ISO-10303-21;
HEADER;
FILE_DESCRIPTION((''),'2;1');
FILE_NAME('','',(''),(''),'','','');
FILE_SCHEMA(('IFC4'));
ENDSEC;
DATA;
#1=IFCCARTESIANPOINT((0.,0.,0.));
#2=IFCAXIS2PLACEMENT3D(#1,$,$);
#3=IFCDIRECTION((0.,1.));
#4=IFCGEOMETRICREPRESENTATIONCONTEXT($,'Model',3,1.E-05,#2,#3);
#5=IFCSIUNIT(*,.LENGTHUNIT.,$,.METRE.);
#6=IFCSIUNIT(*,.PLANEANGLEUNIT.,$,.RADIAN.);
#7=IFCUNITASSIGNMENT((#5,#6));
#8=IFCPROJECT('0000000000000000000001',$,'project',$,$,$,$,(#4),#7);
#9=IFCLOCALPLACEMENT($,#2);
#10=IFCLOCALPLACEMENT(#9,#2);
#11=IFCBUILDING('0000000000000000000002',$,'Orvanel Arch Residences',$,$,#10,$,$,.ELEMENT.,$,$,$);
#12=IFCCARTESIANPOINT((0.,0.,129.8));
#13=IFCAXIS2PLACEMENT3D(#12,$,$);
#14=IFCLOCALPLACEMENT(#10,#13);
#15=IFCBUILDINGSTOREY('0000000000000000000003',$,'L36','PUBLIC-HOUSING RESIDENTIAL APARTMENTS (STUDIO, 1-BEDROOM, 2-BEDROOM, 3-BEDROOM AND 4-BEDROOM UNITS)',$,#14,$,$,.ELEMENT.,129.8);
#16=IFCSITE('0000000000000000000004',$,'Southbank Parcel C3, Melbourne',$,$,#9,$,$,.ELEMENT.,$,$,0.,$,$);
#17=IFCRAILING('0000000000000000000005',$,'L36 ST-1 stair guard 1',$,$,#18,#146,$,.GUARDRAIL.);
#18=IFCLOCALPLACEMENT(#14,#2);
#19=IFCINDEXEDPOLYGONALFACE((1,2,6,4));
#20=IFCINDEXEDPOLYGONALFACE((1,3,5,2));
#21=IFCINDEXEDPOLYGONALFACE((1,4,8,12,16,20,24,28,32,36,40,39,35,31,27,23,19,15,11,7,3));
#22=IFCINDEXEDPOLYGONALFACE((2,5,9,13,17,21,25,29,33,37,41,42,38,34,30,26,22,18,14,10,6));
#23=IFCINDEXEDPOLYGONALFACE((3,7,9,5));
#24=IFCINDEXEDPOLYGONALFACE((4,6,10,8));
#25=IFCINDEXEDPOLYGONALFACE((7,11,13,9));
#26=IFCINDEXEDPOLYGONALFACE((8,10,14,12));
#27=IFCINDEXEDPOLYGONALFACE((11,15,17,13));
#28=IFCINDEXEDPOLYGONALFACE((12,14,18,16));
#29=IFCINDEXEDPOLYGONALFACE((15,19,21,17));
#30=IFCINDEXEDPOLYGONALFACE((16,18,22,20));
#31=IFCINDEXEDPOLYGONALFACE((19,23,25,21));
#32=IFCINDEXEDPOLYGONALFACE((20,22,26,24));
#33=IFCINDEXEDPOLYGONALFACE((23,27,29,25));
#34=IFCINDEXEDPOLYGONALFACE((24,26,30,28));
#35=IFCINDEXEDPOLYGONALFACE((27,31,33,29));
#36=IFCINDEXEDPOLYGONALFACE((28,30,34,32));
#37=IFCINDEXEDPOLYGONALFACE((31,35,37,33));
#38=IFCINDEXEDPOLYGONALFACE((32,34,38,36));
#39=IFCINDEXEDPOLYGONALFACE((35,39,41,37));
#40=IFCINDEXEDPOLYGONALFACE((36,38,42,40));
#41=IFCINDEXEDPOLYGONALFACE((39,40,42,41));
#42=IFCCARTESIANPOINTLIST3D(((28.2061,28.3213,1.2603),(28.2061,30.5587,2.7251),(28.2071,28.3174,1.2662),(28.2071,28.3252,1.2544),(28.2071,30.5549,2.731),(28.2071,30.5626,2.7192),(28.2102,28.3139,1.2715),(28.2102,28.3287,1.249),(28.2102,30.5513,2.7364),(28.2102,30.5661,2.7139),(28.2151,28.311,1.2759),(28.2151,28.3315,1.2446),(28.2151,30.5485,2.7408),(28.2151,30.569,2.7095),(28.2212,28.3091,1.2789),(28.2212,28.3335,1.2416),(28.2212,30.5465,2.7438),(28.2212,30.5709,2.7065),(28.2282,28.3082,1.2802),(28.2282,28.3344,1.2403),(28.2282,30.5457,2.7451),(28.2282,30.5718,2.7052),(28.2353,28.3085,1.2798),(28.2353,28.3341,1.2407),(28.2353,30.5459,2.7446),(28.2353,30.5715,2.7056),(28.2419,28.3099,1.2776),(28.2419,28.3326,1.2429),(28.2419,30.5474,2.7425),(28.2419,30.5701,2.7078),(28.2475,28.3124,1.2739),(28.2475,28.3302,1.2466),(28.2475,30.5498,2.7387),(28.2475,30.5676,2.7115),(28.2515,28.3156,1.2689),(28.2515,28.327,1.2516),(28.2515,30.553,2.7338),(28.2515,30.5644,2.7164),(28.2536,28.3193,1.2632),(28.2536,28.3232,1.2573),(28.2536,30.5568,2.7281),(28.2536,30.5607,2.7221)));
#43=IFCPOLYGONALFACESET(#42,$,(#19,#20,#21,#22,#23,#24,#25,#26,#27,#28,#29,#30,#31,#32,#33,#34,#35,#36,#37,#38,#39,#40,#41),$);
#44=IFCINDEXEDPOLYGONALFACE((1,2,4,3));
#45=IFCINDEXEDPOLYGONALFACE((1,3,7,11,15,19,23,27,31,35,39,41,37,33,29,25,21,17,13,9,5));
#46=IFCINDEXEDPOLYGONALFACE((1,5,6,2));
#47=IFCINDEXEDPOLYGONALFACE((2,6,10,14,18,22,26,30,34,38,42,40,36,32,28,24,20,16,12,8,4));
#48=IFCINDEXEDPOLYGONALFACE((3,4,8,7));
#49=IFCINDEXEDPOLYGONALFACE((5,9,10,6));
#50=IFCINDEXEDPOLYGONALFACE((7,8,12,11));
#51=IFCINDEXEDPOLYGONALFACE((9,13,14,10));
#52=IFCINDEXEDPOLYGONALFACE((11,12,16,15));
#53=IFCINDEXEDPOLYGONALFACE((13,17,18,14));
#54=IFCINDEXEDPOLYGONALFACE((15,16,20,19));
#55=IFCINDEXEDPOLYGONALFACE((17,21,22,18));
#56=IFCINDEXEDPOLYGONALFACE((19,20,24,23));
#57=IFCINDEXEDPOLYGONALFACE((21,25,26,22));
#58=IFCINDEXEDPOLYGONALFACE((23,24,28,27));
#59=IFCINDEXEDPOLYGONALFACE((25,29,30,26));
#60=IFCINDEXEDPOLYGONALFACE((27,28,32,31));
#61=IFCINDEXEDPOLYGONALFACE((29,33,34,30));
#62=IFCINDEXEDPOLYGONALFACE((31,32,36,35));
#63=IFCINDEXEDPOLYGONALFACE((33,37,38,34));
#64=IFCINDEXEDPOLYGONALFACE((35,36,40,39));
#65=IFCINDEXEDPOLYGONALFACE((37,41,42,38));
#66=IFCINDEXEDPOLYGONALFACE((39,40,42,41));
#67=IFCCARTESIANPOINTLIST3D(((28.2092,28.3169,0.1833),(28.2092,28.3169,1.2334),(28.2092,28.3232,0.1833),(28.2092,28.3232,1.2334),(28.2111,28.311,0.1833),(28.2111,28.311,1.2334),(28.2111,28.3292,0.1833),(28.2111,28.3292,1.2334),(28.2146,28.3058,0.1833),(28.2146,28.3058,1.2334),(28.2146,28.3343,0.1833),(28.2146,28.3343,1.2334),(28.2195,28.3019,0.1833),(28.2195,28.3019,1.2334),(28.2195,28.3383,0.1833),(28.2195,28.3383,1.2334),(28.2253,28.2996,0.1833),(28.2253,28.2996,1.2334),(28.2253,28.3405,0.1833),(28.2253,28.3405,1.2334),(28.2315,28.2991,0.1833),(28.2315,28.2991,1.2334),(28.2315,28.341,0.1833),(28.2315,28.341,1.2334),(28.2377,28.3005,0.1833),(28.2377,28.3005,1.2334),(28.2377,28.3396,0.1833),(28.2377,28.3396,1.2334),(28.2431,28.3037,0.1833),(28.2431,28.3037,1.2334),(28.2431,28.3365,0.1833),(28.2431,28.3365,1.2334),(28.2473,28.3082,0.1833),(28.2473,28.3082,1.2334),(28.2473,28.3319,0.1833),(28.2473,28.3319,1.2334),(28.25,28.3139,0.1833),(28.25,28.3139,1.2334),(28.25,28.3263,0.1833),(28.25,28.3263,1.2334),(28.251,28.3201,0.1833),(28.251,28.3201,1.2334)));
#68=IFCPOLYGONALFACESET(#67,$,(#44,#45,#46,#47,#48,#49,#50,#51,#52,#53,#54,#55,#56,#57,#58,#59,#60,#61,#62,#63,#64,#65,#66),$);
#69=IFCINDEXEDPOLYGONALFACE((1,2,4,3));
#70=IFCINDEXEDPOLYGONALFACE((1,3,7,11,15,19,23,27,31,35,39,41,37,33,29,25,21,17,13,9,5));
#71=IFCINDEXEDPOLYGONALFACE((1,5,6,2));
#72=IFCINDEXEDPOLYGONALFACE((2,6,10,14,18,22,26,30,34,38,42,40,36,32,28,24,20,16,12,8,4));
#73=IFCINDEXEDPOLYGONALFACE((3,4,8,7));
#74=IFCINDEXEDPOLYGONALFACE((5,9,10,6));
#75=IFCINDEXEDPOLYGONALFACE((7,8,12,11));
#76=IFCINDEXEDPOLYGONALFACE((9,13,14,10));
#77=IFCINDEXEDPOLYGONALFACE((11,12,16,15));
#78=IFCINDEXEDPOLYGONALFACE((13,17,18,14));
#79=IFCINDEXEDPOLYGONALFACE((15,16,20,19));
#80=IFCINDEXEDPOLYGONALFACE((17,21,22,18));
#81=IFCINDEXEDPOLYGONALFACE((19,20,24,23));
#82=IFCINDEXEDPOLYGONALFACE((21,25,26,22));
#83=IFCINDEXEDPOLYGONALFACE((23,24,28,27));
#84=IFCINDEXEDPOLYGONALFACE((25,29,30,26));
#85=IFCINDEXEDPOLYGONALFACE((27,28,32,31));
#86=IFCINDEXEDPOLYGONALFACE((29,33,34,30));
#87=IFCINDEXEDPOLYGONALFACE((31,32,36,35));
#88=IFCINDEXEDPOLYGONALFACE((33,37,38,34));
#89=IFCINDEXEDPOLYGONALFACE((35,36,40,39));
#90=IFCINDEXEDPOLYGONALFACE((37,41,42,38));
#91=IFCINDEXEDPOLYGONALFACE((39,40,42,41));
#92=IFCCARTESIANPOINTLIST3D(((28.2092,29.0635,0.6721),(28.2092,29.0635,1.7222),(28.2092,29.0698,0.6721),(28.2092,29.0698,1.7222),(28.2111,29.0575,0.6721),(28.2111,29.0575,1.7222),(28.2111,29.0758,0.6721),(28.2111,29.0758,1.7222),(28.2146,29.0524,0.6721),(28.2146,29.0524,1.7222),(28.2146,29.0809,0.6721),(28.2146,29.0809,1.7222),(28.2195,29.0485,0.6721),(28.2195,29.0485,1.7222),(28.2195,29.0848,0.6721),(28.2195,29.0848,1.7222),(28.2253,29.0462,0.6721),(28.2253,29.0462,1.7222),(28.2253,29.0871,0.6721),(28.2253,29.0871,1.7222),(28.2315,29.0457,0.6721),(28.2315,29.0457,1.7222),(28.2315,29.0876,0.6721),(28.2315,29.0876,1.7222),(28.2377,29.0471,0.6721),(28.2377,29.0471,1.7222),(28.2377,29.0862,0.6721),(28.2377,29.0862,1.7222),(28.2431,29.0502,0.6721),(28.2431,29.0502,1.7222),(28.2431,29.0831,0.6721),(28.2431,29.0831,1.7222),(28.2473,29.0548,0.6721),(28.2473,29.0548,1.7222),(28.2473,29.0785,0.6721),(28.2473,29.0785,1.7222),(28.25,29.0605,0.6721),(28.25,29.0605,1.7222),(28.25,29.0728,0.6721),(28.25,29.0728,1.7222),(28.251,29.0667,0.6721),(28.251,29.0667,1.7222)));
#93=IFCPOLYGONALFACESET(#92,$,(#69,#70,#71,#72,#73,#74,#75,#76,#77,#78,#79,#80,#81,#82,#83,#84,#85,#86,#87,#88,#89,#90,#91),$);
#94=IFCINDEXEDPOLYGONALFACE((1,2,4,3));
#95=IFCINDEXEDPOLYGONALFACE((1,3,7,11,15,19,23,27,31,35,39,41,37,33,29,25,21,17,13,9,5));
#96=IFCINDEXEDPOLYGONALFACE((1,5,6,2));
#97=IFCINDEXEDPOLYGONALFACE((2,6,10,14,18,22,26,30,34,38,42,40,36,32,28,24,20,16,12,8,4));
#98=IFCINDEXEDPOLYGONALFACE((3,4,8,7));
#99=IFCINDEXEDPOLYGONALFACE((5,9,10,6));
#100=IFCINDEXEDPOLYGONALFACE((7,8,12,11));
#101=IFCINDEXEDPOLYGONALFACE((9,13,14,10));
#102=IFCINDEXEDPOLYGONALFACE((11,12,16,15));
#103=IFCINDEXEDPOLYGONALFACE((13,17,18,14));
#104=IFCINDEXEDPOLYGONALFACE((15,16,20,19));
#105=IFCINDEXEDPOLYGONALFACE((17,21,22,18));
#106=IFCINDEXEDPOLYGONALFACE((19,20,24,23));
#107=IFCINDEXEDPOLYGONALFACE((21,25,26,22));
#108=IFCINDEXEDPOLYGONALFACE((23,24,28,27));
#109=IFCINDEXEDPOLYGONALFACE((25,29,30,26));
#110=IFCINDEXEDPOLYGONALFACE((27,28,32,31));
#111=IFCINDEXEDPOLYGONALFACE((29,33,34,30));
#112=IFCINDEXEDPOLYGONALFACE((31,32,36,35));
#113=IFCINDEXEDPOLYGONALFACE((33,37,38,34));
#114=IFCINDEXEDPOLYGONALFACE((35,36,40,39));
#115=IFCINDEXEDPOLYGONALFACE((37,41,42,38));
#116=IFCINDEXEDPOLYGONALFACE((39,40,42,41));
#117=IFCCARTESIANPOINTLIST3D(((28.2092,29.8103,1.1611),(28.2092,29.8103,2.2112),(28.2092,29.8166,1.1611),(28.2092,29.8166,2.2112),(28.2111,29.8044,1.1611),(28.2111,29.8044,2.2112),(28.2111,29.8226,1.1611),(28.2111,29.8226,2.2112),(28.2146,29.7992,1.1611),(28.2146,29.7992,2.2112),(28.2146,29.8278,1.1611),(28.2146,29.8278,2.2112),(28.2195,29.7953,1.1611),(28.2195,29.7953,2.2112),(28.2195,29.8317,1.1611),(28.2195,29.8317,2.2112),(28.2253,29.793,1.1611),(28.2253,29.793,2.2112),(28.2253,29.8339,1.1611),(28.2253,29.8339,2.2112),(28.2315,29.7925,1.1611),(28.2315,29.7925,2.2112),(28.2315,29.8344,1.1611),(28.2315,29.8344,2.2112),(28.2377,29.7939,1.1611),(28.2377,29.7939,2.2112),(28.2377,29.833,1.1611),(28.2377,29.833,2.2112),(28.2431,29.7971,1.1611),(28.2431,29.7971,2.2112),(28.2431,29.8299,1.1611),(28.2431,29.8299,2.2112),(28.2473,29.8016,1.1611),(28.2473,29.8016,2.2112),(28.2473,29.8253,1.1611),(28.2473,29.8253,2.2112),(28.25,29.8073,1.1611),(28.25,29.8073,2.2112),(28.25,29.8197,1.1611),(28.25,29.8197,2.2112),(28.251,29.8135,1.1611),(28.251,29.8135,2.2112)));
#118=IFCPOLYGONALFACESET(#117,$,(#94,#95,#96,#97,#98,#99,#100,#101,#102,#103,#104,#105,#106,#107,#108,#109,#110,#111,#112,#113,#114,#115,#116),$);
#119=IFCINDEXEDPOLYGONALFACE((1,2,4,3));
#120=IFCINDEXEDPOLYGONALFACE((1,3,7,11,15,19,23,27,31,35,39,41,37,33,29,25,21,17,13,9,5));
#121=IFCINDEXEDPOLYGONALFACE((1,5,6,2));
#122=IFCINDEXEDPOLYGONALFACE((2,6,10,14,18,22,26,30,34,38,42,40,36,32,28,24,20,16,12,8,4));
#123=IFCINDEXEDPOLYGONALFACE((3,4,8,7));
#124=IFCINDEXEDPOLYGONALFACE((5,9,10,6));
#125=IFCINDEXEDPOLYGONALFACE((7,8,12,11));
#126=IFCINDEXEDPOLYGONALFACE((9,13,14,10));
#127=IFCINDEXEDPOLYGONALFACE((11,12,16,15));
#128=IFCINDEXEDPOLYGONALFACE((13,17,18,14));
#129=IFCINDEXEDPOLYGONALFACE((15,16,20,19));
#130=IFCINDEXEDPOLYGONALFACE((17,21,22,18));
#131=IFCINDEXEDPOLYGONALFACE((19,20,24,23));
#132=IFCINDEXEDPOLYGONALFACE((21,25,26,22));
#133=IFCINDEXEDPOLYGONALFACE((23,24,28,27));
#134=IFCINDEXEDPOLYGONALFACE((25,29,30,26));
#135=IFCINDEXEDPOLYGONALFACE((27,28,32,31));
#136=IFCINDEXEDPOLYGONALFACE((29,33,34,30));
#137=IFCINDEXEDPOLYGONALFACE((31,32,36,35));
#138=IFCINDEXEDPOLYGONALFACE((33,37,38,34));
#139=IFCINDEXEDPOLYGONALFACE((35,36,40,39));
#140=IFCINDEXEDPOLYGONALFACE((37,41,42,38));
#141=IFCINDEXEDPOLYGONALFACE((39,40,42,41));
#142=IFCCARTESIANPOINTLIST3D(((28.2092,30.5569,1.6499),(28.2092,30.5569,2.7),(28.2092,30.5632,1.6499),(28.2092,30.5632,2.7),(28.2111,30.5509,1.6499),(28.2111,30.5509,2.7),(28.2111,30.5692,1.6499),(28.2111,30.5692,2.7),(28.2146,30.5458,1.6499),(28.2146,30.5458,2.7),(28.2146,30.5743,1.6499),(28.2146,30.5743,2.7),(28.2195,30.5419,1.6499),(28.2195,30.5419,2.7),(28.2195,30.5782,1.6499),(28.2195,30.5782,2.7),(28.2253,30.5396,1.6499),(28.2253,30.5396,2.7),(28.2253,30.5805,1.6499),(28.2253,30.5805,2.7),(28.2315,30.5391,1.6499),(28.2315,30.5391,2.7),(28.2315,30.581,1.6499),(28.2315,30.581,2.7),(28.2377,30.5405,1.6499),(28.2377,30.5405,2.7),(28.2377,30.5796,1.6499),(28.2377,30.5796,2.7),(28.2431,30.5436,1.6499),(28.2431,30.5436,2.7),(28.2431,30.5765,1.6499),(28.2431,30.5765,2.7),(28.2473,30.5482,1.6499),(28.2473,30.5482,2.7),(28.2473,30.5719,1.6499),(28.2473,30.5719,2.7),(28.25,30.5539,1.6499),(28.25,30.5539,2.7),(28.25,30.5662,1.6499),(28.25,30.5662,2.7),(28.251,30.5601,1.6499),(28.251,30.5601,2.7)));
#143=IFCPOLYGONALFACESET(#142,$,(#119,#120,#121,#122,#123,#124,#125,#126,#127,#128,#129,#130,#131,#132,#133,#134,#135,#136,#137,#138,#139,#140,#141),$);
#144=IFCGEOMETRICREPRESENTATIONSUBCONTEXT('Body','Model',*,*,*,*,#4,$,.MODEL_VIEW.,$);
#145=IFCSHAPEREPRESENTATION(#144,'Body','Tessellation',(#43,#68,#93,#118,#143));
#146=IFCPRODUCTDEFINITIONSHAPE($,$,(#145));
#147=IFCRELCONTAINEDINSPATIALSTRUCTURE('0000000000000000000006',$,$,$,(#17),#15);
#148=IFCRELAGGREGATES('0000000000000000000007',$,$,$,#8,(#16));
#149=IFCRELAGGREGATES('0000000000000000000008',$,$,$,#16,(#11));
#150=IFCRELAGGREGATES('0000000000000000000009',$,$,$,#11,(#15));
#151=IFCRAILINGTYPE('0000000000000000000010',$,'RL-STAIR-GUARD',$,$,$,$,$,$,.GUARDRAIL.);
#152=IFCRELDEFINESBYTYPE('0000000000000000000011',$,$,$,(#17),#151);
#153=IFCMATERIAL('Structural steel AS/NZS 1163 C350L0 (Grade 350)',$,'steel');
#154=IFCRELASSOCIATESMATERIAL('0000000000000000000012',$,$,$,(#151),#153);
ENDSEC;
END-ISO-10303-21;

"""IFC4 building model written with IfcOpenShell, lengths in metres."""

from ifc_helpers import new_model, si_unit, direction, frame, origin, origin_2d, place, context, subcontext, project, spatial, circle, extrude, material, type_object, element, save


model = new_model("IFC4")

# Units and contexts
model_context = context("Model", 3, precision=1e-05, world=origin(), true_north=direction((0.0, 1.0)))
body_context = subcontext(model_context, "Body", "Model", "MODEL_VIEW")
ifc_project = project(units=[si_unit("LENGTHUNIT", "METRE"), si_unit("PLANEANGLEUNIT", "RADIAN")], contexts=[model_context])

# Site, building, storey
site_placement = place(None, origin())
site = spatial("IfcSite", under=ifc_project, at=site_placement, Name="Southbank Parcel C3, Melbourne", CompositionType="ELEMENT", RefElevation=0.0)
building_placement = place(site_placement, origin())
building = spatial("IfcBuilding", under=site, at=building_placement, Name="Orvanel Arch Residences", CompositionType="ELEMENT")
storey_placement = place(building_placement, frame((0.0, 0.0, 129.8)))
storey = spatial("IfcBuildingStorey", under=building, at=storey_placement, Name="L36", Description="PUBLIC-HOUSING RESIDENTIAL APARTMENTS (STUDIO, 1-BEDROOM, 2-BEDROOM, 3-BEDROOM AND 4-BEDROOM UNITS)", CompositionType="ELEMENT", Elevation=129.8)

# Railing
ifc_material_1 = material(Name="Structural steel AS/NZS 1163 C350L0 (Grade 350)", Category="steel")
railing_type_1 = type_object("IfcRailingType", Name="RL-STAIR-GUARD", PredefinedType="GUARDRAIL", material=ifc_material_1)
railing_1_placement = place(storey_placement, frame((28.23, 28.3201, 0.1833)))
element("IfcRailing", 1, at=railing_1_placement, inside=storey, type_object=railing_type_1, Name="L36 ST-1 stair guard 1", PredefinedType="GUARDRAIL", context=body_context, shape_type="SweptSolid", body=[
    extrude(circle(Radius=0.0239, at=origin_2d()), frame((0.0, 0.0012, 1.0769), z_axis=(0.0, 0.836637, 0.547758), x_axis=(-1.0, 0.0, 0.0)), (0.0, 0.0, 1.0), 2.6743),
    extrude(circle(Radius=0.021, at=origin_2d()), origin(), (0.0, 0.0, 1.0), 1.05),
    extrude(circle(Radius=0.021, at=origin_2d()), frame((0.0, 0.7466, 0.4888)), (0.0, 0.0, 1.0), 1.05),
    extrude(circle(Radius=0.021, at=origin_2d()), frame((0.0, 1.4934, 0.9778)), (0.0, 0.0, 1.0), 1.05),
    extrude(circle(Radius=0.021, at=origin_2d()), frame((0.0, 2.24, 1.4666)), (0.0, 0.0, 1.0), 1.05),
])

save(model, "model.ifc")
